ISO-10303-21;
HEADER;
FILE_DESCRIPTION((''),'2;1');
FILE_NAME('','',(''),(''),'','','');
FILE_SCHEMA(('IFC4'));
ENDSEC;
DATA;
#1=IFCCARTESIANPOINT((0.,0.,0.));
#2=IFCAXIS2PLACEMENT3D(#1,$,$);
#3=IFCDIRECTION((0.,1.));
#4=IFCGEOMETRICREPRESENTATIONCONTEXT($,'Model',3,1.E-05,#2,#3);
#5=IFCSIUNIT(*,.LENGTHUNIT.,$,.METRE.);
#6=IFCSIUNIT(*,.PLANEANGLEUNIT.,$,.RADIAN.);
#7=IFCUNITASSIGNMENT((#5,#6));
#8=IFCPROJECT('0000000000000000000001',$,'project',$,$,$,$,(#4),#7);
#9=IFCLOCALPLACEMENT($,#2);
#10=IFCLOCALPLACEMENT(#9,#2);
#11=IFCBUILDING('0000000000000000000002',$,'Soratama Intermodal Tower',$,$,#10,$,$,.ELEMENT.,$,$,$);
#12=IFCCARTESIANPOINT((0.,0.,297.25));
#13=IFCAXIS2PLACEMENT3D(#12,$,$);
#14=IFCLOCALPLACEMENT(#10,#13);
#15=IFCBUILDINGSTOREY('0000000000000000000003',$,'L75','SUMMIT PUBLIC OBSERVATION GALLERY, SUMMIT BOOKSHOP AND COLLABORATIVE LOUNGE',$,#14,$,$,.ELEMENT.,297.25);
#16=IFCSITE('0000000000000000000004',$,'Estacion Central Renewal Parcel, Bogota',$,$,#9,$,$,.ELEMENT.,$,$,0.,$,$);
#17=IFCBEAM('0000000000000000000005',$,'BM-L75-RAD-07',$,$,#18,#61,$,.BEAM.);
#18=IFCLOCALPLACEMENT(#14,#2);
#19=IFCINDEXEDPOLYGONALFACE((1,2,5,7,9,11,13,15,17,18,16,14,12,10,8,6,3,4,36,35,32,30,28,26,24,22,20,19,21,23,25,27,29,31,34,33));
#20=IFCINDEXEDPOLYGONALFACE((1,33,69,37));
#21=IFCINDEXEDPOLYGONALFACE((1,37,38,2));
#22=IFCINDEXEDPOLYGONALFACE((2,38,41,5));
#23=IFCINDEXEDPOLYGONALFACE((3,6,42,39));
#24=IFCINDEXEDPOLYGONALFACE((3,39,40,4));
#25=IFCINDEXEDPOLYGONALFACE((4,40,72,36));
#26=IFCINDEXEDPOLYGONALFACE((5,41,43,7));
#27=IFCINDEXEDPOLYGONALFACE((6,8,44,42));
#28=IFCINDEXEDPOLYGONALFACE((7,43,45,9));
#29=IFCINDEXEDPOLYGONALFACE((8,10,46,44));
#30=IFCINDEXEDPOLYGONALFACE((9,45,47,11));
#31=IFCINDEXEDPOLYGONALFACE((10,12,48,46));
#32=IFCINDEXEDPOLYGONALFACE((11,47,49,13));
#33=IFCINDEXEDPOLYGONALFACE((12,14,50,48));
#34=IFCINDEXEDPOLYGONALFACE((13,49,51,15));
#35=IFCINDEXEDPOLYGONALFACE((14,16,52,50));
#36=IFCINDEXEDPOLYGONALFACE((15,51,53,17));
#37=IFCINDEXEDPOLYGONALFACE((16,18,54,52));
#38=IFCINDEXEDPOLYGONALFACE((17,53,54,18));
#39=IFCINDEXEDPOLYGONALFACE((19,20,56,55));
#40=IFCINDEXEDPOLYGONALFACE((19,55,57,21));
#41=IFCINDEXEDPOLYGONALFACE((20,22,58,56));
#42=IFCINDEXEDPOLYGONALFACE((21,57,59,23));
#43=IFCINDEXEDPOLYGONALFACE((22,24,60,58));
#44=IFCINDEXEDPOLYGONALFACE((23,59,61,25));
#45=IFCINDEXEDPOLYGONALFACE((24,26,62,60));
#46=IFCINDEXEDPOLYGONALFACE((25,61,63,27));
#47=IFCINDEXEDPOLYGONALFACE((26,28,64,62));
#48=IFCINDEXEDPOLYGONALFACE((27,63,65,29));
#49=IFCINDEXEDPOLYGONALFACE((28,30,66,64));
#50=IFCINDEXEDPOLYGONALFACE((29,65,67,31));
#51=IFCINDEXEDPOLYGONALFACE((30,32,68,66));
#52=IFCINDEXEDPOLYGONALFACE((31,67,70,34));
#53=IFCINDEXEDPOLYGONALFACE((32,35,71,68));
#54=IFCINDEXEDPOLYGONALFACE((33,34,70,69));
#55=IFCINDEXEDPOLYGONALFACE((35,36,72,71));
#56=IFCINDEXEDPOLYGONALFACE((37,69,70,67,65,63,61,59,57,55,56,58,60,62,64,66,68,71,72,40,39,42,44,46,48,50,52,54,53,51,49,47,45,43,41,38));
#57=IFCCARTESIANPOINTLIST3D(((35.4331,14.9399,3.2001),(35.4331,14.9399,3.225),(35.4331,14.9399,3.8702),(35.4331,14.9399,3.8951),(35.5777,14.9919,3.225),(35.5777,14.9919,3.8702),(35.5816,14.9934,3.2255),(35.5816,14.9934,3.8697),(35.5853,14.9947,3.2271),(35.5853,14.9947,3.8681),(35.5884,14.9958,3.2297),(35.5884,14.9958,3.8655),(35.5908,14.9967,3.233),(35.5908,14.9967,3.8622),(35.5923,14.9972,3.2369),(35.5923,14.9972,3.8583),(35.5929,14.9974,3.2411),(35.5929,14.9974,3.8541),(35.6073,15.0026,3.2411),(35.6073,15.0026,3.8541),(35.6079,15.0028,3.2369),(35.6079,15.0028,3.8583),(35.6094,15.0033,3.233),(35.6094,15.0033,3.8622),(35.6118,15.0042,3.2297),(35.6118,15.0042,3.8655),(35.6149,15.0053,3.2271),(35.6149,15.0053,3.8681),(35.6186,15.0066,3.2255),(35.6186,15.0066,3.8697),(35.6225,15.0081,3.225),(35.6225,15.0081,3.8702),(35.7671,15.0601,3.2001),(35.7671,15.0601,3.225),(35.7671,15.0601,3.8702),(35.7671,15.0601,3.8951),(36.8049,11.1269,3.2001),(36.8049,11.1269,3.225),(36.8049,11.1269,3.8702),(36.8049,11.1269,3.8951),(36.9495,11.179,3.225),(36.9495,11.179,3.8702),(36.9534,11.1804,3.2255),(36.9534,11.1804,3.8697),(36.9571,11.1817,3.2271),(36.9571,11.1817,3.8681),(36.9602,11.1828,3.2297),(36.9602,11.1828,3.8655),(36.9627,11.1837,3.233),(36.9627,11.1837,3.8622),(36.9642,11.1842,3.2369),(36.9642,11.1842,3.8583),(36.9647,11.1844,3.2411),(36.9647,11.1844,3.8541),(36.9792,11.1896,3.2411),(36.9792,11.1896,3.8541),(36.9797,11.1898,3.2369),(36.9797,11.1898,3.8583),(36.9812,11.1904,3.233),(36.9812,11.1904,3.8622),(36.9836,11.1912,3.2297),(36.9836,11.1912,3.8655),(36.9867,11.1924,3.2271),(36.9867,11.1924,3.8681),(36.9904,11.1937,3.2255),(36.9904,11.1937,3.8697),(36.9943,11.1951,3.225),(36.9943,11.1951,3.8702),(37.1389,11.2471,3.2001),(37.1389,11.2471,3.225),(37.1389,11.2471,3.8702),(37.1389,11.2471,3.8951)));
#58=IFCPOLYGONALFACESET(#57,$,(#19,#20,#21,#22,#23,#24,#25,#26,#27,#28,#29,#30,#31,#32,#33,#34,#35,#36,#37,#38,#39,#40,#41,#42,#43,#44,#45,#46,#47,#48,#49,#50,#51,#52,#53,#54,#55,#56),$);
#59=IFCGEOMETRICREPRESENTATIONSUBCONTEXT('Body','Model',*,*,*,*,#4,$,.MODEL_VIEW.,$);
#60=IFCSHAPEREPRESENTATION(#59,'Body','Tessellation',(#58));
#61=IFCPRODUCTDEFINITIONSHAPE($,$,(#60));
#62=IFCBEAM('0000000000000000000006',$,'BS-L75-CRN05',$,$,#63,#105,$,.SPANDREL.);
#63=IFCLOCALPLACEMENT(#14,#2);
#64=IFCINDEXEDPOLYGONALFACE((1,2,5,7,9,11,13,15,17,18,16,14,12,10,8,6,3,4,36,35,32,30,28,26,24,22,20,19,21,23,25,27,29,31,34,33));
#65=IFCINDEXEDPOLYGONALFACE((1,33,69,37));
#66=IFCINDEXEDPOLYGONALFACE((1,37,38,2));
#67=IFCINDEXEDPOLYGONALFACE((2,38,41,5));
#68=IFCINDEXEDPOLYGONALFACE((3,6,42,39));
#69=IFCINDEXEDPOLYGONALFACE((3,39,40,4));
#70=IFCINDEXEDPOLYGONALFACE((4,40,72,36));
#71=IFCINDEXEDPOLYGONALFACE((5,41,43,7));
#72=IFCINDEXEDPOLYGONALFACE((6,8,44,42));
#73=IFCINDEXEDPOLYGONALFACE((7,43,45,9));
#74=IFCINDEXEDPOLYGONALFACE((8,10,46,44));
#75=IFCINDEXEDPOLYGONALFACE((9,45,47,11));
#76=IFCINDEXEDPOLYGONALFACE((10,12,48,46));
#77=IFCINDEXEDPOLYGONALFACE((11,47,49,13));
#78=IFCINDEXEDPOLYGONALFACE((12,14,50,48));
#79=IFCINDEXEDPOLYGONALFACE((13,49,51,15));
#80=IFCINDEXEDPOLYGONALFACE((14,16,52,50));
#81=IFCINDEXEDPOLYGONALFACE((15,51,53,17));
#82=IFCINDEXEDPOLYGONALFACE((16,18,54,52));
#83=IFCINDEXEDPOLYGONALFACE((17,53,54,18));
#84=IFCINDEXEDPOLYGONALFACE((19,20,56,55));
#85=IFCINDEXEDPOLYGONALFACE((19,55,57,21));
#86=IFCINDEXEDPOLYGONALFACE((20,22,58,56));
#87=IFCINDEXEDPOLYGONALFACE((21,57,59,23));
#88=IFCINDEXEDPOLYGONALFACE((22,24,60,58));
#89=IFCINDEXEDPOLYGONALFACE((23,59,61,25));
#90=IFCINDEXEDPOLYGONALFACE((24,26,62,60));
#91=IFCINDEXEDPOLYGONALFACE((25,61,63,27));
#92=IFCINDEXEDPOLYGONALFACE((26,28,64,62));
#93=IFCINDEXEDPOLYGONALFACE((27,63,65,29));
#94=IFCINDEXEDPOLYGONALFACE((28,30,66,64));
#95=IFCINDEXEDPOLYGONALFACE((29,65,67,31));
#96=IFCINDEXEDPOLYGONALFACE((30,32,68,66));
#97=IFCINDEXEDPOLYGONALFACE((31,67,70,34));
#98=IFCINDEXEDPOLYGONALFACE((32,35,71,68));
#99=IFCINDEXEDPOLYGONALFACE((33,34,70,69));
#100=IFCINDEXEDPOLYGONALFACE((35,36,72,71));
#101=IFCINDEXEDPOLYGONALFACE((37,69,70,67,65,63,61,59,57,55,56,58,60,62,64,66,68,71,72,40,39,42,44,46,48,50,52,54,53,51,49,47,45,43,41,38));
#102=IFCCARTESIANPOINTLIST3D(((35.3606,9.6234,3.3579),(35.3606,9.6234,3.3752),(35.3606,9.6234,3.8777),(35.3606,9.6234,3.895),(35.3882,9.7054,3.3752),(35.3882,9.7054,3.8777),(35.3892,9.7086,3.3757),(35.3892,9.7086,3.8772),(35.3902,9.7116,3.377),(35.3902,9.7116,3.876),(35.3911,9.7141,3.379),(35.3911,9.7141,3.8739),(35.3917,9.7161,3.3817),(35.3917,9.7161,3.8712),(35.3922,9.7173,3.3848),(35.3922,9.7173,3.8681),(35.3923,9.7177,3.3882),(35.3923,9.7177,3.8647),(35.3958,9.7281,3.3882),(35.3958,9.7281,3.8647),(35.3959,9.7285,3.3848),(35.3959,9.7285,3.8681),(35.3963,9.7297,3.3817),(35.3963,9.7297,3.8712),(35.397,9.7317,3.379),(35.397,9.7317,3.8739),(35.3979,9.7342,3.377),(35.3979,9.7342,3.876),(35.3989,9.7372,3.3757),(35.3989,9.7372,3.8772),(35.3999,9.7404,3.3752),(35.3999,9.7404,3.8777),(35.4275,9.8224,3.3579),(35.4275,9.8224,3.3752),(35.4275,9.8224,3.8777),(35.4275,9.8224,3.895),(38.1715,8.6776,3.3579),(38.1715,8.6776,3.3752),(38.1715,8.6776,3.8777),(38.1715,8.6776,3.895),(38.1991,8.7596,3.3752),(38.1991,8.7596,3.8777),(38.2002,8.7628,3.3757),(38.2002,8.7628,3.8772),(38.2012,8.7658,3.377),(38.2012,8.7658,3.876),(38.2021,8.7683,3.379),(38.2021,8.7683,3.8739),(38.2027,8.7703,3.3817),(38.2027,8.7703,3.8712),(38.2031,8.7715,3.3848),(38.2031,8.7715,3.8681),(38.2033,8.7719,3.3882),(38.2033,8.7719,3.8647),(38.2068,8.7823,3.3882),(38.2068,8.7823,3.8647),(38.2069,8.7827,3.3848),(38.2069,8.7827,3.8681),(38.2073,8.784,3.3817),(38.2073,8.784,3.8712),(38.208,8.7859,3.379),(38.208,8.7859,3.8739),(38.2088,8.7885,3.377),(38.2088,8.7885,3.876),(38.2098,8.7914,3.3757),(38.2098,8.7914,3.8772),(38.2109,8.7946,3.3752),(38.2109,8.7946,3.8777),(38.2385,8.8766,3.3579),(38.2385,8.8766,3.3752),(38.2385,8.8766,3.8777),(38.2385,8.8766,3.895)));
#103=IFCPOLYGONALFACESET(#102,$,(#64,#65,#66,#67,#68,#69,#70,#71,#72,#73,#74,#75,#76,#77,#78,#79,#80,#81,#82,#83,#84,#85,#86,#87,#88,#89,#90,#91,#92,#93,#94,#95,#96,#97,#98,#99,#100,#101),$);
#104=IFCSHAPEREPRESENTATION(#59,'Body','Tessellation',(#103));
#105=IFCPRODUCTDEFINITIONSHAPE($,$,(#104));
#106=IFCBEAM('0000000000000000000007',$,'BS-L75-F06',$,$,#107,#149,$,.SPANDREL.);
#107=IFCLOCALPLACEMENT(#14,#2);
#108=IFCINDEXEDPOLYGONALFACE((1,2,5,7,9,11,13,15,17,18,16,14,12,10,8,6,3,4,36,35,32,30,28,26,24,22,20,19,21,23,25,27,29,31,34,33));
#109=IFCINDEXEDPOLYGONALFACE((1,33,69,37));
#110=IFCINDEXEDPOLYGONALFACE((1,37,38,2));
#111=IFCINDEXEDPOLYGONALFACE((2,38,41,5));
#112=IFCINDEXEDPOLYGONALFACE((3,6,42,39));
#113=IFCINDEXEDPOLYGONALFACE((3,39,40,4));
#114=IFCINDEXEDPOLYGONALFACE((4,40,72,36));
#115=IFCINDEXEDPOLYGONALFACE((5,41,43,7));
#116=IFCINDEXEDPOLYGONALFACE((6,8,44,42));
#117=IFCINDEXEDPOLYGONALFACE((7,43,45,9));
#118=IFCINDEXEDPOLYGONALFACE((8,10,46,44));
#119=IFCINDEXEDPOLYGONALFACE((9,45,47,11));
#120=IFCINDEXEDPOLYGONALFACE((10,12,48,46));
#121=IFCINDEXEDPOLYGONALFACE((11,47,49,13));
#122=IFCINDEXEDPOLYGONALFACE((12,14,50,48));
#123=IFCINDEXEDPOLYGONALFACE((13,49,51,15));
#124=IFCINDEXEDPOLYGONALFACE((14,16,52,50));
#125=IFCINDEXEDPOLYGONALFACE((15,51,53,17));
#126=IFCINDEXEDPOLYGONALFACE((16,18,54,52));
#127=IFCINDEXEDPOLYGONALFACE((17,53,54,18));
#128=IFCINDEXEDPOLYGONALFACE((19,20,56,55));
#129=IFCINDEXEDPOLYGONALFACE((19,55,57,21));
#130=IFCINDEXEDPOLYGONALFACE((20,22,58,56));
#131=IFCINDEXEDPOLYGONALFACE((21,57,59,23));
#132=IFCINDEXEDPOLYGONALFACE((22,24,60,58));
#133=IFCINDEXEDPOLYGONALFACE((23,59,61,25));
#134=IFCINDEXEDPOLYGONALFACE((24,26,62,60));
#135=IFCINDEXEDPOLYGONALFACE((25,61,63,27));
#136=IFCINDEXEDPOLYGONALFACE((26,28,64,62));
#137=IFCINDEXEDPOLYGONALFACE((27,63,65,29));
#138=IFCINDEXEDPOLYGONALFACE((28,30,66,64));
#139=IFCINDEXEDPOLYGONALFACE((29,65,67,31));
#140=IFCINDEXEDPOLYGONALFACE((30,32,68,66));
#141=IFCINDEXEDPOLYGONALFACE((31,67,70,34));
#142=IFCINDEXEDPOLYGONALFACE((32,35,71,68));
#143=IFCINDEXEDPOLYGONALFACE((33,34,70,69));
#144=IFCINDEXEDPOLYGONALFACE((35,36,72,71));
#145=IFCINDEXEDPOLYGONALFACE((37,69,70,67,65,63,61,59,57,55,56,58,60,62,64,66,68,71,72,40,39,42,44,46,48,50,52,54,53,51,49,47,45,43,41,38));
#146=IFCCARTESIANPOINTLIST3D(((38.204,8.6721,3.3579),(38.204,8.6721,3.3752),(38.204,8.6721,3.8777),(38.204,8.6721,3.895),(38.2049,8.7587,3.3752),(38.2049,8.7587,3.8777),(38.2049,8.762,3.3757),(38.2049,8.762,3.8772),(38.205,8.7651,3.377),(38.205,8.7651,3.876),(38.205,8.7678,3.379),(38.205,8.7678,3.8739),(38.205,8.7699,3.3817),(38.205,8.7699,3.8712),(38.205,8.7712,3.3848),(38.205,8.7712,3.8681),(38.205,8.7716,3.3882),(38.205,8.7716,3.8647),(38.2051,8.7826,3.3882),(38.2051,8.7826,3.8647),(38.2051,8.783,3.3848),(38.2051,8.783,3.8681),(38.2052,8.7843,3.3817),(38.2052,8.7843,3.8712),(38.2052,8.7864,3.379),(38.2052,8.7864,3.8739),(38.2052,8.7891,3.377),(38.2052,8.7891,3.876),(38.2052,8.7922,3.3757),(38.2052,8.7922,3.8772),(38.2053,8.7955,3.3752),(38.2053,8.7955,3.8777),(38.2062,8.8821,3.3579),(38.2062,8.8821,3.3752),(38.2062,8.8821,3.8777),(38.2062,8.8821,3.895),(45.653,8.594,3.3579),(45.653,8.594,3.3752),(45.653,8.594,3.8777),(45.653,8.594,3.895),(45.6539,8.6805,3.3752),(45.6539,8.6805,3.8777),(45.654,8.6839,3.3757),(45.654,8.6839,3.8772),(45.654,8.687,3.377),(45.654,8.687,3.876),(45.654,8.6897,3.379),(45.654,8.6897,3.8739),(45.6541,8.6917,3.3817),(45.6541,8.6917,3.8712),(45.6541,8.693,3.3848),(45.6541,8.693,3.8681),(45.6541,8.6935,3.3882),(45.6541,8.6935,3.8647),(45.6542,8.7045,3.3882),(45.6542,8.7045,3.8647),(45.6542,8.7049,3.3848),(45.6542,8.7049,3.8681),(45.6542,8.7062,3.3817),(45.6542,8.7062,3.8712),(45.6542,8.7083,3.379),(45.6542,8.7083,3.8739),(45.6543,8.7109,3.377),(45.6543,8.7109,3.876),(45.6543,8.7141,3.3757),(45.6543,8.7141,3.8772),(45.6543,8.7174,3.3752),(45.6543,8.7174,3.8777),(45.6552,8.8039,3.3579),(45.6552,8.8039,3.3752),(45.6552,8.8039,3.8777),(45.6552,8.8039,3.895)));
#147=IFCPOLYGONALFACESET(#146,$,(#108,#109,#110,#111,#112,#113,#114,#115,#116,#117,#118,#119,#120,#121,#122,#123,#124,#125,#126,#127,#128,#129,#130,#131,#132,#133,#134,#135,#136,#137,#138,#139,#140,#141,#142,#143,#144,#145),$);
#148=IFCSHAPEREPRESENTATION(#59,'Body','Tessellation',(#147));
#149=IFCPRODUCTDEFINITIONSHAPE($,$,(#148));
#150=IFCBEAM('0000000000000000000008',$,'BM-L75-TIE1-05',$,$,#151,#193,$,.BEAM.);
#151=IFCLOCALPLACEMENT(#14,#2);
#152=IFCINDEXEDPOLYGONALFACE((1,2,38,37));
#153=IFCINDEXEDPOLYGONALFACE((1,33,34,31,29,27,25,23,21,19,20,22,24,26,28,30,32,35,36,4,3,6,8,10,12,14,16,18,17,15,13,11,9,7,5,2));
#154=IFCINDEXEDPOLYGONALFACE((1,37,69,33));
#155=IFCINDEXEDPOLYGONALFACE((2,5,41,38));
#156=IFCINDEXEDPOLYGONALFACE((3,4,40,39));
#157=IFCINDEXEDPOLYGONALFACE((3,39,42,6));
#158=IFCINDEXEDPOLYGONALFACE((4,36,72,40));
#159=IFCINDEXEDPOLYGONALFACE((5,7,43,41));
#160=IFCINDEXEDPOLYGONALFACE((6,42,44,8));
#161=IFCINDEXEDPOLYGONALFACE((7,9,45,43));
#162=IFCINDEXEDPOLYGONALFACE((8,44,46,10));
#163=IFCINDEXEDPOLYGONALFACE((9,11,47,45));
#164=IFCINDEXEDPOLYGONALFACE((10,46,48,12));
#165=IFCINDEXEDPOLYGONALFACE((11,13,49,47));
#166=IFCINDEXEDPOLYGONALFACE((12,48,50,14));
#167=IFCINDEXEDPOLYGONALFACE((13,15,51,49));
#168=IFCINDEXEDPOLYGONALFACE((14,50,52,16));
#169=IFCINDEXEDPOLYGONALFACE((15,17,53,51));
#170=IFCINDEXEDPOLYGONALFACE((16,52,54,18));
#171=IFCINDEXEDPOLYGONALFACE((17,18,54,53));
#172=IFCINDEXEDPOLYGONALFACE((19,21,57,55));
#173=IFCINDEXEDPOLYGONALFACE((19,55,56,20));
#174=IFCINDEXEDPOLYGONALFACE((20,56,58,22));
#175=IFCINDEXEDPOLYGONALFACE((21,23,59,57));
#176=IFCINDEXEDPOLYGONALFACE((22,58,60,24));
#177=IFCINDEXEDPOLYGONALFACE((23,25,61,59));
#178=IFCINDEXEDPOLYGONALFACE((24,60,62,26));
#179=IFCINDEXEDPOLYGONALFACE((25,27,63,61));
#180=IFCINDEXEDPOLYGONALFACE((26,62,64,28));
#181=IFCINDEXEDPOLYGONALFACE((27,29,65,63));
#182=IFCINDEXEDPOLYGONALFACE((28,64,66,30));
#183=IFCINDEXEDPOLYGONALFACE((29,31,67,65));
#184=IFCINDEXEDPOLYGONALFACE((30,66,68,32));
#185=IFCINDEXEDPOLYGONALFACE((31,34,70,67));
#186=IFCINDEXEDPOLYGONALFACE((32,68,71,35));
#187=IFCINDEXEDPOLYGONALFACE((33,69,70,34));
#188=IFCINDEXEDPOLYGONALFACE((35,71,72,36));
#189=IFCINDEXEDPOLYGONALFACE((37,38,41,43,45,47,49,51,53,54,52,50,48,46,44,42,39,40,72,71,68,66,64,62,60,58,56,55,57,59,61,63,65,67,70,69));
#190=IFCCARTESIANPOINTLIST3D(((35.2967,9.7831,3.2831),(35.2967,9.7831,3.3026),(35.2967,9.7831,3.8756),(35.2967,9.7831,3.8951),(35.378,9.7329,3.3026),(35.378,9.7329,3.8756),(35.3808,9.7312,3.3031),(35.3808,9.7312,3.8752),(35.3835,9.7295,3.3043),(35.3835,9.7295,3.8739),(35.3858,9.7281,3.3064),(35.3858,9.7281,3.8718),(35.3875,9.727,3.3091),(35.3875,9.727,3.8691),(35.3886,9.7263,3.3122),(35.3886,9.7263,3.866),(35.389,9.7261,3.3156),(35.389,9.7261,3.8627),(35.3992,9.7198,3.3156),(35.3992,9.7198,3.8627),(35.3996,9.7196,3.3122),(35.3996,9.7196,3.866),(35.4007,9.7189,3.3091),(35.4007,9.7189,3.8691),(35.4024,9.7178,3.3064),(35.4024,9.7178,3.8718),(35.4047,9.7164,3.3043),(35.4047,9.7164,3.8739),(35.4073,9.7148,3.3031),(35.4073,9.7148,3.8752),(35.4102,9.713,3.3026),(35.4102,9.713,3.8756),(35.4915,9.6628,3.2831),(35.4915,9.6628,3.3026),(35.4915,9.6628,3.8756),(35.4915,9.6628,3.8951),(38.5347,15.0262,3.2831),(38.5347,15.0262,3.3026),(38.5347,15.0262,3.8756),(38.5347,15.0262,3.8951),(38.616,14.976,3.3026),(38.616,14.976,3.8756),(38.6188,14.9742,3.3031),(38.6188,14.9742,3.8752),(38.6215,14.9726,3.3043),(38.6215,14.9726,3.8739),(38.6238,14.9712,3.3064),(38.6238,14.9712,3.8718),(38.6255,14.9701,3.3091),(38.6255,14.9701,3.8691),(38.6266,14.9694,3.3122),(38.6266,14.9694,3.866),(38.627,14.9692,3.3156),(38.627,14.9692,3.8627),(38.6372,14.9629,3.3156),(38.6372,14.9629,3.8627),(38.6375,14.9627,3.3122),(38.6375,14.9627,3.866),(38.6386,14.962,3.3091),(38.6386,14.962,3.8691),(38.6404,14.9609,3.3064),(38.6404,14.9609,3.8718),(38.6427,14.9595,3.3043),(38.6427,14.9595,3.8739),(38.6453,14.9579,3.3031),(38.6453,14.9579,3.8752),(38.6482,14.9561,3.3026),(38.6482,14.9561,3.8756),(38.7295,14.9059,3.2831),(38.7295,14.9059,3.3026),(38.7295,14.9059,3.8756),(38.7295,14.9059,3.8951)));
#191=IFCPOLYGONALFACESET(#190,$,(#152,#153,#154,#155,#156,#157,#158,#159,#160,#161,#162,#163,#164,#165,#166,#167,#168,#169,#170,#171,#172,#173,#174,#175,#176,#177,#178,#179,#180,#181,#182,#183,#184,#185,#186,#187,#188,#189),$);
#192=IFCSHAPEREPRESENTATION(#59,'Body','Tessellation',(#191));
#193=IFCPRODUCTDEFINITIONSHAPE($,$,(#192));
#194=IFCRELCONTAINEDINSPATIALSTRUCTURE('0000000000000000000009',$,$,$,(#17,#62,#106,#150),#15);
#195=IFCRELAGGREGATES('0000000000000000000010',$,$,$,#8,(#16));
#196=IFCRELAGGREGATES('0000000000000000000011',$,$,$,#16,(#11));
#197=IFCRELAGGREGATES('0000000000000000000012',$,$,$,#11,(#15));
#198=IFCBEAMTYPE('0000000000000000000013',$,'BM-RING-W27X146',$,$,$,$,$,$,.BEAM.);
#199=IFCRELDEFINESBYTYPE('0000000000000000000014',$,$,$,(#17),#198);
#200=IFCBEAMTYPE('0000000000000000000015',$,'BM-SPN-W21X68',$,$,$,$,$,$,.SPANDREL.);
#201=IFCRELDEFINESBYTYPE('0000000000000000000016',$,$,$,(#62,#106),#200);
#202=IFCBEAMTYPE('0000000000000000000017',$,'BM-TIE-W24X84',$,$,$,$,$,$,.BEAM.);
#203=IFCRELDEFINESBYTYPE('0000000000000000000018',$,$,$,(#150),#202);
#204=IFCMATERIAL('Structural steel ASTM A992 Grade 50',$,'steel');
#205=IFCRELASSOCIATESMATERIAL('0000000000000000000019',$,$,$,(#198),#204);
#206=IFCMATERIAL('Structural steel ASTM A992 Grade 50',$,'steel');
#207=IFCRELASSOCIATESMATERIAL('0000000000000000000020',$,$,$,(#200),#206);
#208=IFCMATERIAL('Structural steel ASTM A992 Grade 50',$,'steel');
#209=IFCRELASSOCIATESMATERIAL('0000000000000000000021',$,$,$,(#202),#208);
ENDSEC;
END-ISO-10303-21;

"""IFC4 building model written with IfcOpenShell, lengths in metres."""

from ifc_helpers import new_model, si_unit, direction, frame, origin, origin_2d, place, context, subcontext, project, spatial, i_section, extrude, material, material_profile, profile_set, type_object, element, save


model = new_model("IFC4")

# Units and contexts
model_context = context("Model", 3, precision=1e-05, world=origin(), true_north=direction((0.0, 1.0)))
body_context = subcontext(model_context, "Body", "Model", "MODEL_VIEW")
ifc_project = project(units=[si_unit("LENGTHUNIT", "METRE"), si_unit("PLANEANGLEUNIT", "RADIAN")], contexts=[model_context])

# Site, building, storey
site_placement = place(None, origin())
site = spatial("IfcSite", under=ifc_project, at=site_placement, Name="Estacion Central Renewal Parcel, Bogota", CompositionType="ELEMENT", RefElevation=0.0)
building_placement = place(site_placement, origin())
building = spatial("IfcBuilding", under=site, at=building_placement, Name="Soratama Intermodal Tower", CompositionType="ELEMENT")
storey_placement = place(building_placement, frame((0.0, 0.0, 297.25)))
storey = spatial("IfcBuildingStorey", under=building, at=storey_placement, Name="L75", Description="SUMMIT PUBLIC OBSERVATION GALLERY, SUMMIT BOOKSHOP AND COLLABORATIVE LOUNGE", CompositionType="ELEMENT", Elevation=297.25)

# Beams
ifc_material_1 = material(Name="Structural steel ASTM A992 Grade 50", Category="steel")
ifc_material_profile_1 = material_profile(ifc_material_1, i_section(OverallWidth=0.355, OverallDepth=0.6951, WebThickness=0.0154, FlangeThickness=0.0249, FilletRadius=0.0161, at=origin_2d()), Name="W27X146")
ifc_profile_set_1 = profile_set([ifc_material_profile_1], Name="Structural steel ASTM A992 Grade 50")
beam_type_1 = type_object("IfcBeamType", Name="BM-RING-W27X146", PredefinedType="BEAM", material=ifc_profile_set_1)
beam_1_placement = place(storey_placement, frame((35.6001, 15.0, 3.5476), z_axis=(0.338534, -0.940954, 0.0), x_axis=(0.940954, 0.338534, 0.0)))
element("IfcBeam", 1, at=beam_1_placement, inside=storey, type_object=beam_type_1, Name="BM-L75-RAD-07", PredefinedType="BEAM", context=body_context, shape_type="SweptSolid", body=[
    extrude(i_section(OverallWidth=0.355, OverallDepth=0.6951, WebThickness=0.0154, FlangeThickness=0.0249, FilletRadius=0.0161, at=origin_2d()), origin(), (0.0, 0.0, 1.0), 4.0522),
])
ifc_material_2 = material(Name="Structural steel ASTM A992 Grade 50", Category="steel")
ifc_material_profile_2 = material_profile(ifc_material_2, i_section(OverallWidth=0.21, OverallDepth=0.5371, WebThickness=0.011, FlangeThickness=0.0173, FilletRadius=0.0129, at=origin_2d()), Name="W21X68")
ifc_profile_set_2 = profile_set([ifc_material_profile_2], Name="Structural steel ASTM A992 Grade 50")
beam_type_2 = type_object("IfcBeamType", Name="BM-SPN-W21X68", PredefinedType="SPANDREL", material=ifc_profile_set_2)
beam_2_placement = place(storey_placement, frame((35.394, 9.7229, 3.6265), z_axis=(0.947791, -0.318894, 0.0), x_axis=(0.318894, 0.947791, 0.0)))
element("IfcBeam", 2, at=beam_2_placement, inside=storey, type_object=beam_type_2, Name="BS-L75-CRN05", PredefinedType="SPANDREL", context=body_context, shape_type="SweptSolid", body=[
    extrude(i_section(OverallWidth=0.21, OverallDepth=0.5371, WebThickness=0.011, FlangeThickness=0.0173, FilletRadius=0.0129, at=origin_2d()), origin(), (0.0, 0.0, 1.0), 2.9658),
])
beam_3_placement = place(storey_placement, frame((38.2051, 8.7771, 3.6265), z_axis=(0.999945, -0.010487, 0.0), x_axis=(0.010487, 0.999945, 0.0)))
element("IfcBeam", 3, at=beam_3_placement, inside=storey, type_object=beam_type_2, Name="BS-L75-F06", PredefinedType="SPANDREL", context=body_context, shape_type="SweptSolid", body=[
    extrude(i_section(OverallWidth=0.21, OverallDepth=0.5371, WebThickness=0.011, FlangeThickness=0.0173, FilletRadius=0.0129, at=origin_2d()), origin(), (0.0, 0.0, 1.0), 7.4495),
])
ifc_material_3 = material(Name="Structural steel ASTM A992 Grade 50", Category="steel")
ifc_material_profile_3 = material_profile(ifc_material_3, i_section(OverallWidth=0.229, OverallDepth=0.6121, WebThickness=0.012, FlangeThickness=0.0195, FilletRadius=0.0129, at=origin_2d()), Name="W24X84")
ifc_profile_set_3 = profile_set([ifc_material_profile_3], Name="Structural steel ASTM A992 Grade 50")
beam_type_3 = type_object("IfcBeamType", Name="BM-TIE-W24X84", PredefinedType="BEAM", material=ifc_profile_set_3)
beam_4_placement = place(storey_placement, frame((38.6321, 14.9661, 3.5891), z_axis=(-0.525447, -0.850826, 0.0), x_axis=(0.850826, -0.525447, 0.0)))
element("IfcBeam", 4, at=beam_4_placement, inside=storey, type_object=beam_type_3, Name="BM-L75-TIE1-05", PredefinedType="BEAM", context=body_context, shape_type="SweptSolid", body=[
    extrude(i_section(OverallWidth=0.229, OverallDepth=0.6121, WebThickness=0.012, FlangeThickness=0.0195, FilletRadius=0.0129, at=origin_2d()), origin(), (0.0, 0.0, 1.0), 6.1624),
])

save(model, "model.ifc")
